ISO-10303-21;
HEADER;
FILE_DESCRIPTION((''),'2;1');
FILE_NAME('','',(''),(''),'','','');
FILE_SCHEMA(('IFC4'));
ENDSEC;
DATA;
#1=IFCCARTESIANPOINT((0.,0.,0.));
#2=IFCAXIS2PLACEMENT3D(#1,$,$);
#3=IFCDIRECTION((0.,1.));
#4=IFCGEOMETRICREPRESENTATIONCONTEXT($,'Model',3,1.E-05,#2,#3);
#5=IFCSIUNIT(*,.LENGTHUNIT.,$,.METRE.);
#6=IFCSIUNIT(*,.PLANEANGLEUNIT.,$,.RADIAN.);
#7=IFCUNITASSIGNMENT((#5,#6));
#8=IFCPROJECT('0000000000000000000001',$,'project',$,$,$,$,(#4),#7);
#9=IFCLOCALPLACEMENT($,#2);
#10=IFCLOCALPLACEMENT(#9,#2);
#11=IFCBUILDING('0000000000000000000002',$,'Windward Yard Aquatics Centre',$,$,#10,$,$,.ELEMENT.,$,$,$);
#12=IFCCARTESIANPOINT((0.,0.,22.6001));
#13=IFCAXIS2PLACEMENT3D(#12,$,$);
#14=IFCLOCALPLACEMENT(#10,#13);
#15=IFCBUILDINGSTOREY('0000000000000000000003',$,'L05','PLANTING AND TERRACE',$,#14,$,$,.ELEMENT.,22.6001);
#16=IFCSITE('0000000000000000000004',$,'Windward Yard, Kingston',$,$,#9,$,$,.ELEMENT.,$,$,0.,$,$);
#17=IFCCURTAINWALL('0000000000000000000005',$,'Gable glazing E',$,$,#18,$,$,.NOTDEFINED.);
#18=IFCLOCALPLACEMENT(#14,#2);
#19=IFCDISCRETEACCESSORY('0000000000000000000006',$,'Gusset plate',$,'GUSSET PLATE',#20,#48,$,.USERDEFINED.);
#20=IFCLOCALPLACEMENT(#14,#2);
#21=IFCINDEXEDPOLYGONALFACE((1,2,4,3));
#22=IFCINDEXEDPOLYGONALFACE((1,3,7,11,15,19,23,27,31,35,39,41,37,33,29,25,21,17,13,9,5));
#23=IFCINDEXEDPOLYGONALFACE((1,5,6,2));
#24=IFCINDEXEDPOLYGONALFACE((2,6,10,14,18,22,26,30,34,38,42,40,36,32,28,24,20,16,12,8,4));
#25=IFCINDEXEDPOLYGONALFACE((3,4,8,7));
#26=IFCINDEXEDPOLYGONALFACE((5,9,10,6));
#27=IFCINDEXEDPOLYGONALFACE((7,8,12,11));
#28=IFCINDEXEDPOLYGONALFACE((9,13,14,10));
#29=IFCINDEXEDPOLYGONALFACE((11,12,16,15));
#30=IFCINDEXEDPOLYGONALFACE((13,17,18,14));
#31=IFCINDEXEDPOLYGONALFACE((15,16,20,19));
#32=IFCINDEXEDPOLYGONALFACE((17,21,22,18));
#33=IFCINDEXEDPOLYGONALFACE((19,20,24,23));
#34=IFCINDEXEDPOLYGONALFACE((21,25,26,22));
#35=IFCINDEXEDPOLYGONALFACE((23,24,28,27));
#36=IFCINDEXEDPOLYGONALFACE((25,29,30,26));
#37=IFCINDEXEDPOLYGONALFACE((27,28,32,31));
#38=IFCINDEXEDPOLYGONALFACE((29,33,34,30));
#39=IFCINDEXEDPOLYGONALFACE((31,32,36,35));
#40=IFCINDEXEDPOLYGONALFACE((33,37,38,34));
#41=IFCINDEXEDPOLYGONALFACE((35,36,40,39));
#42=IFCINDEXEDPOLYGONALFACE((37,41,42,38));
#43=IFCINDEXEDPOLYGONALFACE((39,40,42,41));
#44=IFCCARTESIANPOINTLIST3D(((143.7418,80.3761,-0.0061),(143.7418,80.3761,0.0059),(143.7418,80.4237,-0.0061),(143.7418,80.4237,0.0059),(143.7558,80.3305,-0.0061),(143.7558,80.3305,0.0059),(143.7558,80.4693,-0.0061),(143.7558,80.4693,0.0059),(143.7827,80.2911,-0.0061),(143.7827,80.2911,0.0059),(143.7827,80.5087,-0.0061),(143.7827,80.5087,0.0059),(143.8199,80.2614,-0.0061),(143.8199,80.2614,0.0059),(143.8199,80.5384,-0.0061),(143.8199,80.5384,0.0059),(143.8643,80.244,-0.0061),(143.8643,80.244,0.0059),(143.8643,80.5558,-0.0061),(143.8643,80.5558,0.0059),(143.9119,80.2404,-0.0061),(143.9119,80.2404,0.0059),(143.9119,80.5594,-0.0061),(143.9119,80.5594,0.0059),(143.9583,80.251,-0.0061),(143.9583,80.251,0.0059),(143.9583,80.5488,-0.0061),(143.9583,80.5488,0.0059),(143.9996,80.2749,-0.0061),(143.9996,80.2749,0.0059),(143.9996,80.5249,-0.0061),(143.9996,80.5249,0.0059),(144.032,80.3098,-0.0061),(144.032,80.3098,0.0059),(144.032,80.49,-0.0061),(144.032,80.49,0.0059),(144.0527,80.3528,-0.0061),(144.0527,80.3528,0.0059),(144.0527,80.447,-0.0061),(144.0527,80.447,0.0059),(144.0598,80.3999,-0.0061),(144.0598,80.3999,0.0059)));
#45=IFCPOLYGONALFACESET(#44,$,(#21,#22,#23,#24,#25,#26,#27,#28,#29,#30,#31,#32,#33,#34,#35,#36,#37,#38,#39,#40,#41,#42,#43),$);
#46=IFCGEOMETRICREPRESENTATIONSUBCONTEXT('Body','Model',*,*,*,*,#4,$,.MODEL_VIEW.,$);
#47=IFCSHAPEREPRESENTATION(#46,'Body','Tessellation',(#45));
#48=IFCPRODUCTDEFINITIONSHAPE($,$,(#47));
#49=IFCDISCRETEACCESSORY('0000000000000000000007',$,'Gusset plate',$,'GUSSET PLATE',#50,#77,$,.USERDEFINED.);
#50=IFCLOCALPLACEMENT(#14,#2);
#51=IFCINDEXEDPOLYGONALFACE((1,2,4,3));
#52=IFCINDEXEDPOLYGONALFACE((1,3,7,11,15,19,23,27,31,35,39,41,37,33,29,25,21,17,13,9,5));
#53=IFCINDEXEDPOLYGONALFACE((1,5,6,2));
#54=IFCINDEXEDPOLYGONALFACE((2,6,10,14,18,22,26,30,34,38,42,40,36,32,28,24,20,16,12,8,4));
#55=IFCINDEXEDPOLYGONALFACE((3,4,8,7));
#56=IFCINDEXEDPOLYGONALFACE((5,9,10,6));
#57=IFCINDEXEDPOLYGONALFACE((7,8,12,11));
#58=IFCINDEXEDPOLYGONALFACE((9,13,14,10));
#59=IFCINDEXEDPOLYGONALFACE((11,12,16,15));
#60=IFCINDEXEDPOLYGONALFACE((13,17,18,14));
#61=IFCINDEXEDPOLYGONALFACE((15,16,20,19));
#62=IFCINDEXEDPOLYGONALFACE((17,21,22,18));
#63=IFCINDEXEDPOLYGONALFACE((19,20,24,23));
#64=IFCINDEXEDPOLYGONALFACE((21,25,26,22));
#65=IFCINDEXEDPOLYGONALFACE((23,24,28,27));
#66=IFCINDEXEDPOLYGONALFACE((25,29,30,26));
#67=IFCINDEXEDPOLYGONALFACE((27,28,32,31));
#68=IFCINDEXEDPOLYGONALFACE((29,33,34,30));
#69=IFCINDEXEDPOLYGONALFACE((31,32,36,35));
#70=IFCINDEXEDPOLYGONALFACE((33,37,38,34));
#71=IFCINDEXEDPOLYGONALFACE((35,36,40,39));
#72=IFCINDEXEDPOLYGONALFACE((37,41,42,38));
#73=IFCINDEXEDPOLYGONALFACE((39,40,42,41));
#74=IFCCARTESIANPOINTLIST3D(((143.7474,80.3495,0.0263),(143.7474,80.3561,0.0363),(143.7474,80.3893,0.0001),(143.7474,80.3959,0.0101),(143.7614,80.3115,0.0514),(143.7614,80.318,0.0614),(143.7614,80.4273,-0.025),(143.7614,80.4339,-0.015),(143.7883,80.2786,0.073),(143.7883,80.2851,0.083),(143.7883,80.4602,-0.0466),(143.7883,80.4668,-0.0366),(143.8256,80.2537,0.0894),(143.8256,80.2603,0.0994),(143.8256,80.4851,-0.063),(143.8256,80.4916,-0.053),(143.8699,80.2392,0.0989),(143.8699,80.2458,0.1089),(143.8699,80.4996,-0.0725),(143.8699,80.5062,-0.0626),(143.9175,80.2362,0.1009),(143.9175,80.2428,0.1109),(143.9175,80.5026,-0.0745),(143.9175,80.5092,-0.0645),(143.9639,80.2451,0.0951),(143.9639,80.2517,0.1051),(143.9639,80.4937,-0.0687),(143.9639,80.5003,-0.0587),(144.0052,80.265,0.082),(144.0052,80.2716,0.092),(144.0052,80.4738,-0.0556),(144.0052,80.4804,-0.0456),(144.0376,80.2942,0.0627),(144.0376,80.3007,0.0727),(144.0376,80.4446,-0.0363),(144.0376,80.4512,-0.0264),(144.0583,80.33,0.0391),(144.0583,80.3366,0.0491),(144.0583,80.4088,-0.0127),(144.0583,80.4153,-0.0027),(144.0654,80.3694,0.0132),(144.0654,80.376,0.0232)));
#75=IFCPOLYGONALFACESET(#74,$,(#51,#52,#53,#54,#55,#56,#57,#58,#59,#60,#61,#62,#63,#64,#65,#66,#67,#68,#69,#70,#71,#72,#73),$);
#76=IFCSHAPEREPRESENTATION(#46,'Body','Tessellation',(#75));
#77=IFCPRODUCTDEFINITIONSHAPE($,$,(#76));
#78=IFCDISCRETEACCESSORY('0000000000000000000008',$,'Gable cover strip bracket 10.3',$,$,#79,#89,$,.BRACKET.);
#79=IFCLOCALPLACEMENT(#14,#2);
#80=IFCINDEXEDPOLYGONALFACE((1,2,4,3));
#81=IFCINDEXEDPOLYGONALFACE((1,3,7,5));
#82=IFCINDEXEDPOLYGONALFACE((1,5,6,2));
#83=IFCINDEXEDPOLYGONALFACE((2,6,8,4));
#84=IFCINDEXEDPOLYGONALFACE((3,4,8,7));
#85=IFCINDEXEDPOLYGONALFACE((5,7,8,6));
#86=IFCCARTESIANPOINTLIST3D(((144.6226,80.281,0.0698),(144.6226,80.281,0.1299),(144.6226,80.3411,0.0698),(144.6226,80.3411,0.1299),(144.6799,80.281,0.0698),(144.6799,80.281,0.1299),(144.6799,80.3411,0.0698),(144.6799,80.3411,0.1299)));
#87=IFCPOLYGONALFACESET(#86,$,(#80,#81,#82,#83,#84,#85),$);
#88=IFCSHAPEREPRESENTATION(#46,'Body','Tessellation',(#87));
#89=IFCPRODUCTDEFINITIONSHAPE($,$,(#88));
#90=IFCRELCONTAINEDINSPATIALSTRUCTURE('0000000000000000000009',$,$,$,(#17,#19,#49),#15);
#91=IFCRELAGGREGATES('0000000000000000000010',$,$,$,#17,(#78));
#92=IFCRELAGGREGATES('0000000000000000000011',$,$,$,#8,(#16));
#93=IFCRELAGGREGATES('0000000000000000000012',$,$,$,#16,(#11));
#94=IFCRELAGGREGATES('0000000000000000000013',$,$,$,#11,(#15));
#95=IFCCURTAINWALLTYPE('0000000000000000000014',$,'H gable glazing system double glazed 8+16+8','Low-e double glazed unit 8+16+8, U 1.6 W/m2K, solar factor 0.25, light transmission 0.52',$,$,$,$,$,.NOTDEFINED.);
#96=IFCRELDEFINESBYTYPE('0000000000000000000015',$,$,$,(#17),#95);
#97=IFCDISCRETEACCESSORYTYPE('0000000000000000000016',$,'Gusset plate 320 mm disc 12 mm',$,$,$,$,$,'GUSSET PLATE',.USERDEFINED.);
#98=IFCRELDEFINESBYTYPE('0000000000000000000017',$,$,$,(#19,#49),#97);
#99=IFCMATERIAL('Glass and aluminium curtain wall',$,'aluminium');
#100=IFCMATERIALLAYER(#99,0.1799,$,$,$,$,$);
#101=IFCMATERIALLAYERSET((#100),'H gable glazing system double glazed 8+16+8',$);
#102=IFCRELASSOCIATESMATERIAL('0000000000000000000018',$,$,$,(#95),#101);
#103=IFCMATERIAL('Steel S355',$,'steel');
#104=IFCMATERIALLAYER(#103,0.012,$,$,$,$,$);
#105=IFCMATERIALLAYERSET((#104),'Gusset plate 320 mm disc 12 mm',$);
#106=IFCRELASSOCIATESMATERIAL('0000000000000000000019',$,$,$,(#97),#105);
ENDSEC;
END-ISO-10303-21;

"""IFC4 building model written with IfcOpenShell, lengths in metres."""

from ifc_helpers import new_model, si_unit, direction, frame, origin, origin_2d, place, context, subcontext, project, spatial, rectangle, circle, extrude, material, layer, layer_set, type_object, element, aggregate, save


model = new_model("IFC4")

# Units and contexts
model_context = context("Model", 3, precision=1e-05, world=origin(), true_north=direction((0.0, 1.0)))
body_context = subcontext(model_context, "Body", "Model", "MODEL_VIEW")
ifc_project = project(units=[si_unit("LENGTHUNIT", "METRE"), si_unit("PLANEANGLEUNIT", "RADIAN")], contexts=[model_context])

# Site, building, storey
site_placement = place(None, origin())
site = spatial("IfcSite", under=ifc_project, at=site_placement, Name="Windward Yard, Kingston", CompositionType="ELEMENT", RefElevation=0.0)
building_placement = place(site_placement, origin())
building = spatial("IfcBuilding", under=site, at=building_placement, Name="Windward Yard Aquatics Centre", CompositionType="ELEMENT")
storey_placement = place(building_placement, frame((0.0, 0.0, 22.6001)))
storey = spatial("IfcBuildingStorey", under=building, at=storey_placement, Name="L05", Description="PLANTING AND TERRACE", CompositionType="ELEMENT", Elevation=22.6001)

# Curtain wall
ifc_material_1 = material(Name="Glass and aluminium curtain wall", Category="aluminium")
ifc_layer_1 = layer(ifc_material_1, 0.1799)
ifc_layer_set_1 = layer_set([ifc_layer_1], Name="H gable glazing system double glazed 8+16+8")
curtain_wall_type = type_object("IfcCurtainWallType", Name="H gable glazing system double glazed 8+16+8", Description="Low-e double glazed unit 8+16+8, U 1.6 W/m2K, solar factor 0.25, light transmission 0.52", PredefinedType="NOTDEFINED", material=ifc_layer_set_1)
curtain_wall_placement = place(storey_placement, origin())
curtain_wall = element("IfcCurtainWall", 1, at=curtain_wall_placement, inside=storey, type_object=curtain_wall_type, Name="Gable glazing E", PredefinedType="NOTDEFINED")

# Discrete accessories
ifc_material_2 = material(Name="Steel S355", Category="steel")
ifc_layer_2 = layer(ifc_material_2, 0.012)
ifc_layer_set_2 = layer_set([ifc_layer_2], Name="Gusset plate 320 mm disc 12 mm")
discrete_accessory_type = type_object("IfcDiscreteAccessoryType", Name="Gusset plate 320 mm disc 12 mm", ElementType="GUSSET PLATE", PredefinedType="USERDEFINED", material=ifc_layer_set_2)
for number, where, z_axis, x_axis, name in (
    (2, (143.8999, 80.3999, -0.0061), (0.0, 0.0, 1.0), (1.0, 0.0, 0.0), "Gusset plate"),
    (3, (143.9055, 80.376, 0.0232), (0.0, -0.549991, -0.835171), (1.0, 0.0, 0.0), "Gusset plate"),
):
    element("IfcDiscreteAccessory", number, at=place(storey_placement, frame(where, z_axis=z_axis, x_axis=x_axis)), inside=storey, type_object=discrete_accessory_type, Name=name, ObjectType="GUSSET PLATE", PredefinedType="USERDEFINED", context=body_context, shape_type="SweptSolid", body=[
        extrude(circle(Radius=0.1599, at=origin_2d()), origin(), (0.0, 0.0, 1.0), 0.012),
    ])

# Discrete accessory
discrete_accessory_1_placement = place(storey_placement, frame((144.6226, 80.311, 0.0999), z_axis=(1.0, 0.0, 0.0), x_axis=(0.0, 1.0, 0.0)))
discrete_accessory_1 = element("IfcDiscreteAccessory", 4, at=discrete_accessory_1_placement, Name="Gable cover strip bracket 10.3", PredefinedType="BRACKET", context=body_context, shape_type="SweptSolid", body=[
    extrude(rectangle(XDim=0.0601, YDim=0.0601, at=origin_2d()), origin(), (0.0, 0.0, 1.0), 0.0574),
])
aggregate(curtain_wall, [discrete_accessory_1])

save(model, "model.ifc")
